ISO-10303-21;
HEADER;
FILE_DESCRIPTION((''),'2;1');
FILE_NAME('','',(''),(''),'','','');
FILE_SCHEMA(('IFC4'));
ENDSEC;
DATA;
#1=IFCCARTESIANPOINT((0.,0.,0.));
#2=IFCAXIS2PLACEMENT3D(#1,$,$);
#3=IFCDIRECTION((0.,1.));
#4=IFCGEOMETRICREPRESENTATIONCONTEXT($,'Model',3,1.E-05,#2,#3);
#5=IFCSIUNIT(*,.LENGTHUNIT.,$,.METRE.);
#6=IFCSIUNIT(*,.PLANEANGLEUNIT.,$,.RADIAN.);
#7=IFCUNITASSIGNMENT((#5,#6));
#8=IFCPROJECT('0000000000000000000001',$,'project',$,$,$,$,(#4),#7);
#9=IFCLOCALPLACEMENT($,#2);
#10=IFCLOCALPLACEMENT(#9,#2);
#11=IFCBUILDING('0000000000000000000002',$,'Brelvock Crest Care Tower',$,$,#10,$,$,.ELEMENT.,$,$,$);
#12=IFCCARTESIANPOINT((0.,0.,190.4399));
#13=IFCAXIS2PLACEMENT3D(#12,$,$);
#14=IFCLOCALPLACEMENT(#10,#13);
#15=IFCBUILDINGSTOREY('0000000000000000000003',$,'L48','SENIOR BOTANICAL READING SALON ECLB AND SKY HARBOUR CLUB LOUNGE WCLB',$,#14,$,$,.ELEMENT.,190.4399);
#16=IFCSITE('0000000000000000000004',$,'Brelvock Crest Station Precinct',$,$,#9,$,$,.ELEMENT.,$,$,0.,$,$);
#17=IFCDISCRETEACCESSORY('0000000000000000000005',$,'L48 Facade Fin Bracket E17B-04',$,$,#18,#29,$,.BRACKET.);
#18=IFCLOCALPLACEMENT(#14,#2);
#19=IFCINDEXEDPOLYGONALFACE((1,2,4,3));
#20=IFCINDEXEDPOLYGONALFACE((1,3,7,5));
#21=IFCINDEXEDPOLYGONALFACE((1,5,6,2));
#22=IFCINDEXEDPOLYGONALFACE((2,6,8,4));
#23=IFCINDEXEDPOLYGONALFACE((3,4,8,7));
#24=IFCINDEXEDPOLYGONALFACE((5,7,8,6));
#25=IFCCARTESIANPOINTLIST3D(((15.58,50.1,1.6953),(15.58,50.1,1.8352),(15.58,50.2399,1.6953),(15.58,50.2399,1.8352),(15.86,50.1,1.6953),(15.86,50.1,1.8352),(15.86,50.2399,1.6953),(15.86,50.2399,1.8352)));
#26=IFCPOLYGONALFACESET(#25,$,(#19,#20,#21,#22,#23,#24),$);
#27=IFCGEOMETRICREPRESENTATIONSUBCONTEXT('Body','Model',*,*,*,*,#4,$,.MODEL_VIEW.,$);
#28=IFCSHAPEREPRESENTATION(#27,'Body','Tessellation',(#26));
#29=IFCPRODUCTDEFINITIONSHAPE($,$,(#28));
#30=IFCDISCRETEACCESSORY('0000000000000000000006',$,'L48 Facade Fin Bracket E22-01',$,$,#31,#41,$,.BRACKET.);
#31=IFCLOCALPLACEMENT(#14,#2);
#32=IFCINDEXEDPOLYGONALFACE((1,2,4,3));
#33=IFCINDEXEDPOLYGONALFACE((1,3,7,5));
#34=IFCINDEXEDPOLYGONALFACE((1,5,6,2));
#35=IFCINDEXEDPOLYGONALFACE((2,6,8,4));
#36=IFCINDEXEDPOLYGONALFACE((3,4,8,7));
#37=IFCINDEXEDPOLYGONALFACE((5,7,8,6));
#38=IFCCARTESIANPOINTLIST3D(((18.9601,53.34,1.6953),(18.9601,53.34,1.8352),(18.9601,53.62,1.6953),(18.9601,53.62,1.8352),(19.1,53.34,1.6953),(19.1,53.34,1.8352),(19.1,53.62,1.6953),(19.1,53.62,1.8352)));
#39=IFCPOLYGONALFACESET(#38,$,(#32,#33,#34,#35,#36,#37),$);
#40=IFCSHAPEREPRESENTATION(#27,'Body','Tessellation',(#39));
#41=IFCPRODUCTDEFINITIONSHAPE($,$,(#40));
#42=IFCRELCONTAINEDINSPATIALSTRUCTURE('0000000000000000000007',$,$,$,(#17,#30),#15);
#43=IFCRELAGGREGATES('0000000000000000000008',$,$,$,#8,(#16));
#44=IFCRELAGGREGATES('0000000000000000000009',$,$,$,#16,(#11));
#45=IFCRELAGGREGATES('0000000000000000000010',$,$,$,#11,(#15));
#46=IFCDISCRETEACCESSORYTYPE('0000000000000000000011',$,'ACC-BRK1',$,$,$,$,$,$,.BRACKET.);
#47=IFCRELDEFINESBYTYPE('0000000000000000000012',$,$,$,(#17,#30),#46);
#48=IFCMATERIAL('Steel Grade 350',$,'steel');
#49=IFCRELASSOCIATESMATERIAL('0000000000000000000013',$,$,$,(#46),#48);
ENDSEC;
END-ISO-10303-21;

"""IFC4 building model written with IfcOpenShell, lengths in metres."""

from ifc_helpers import new_model, si_unit, direction, frame, origin, origin_2d, place, context, subcontext, project, spatial, rectangle, extrude, source, transform, mapped, material, type_object, element, save


model = new_model("IFC4")

# Units and contexts
model_context = context("Model", 3, precision=1e-05, world=origin(), true_north=direction((0.0, 1.0)))
body_context = subcontext(model_context, "Body", "Model", "MODEL_VIEW")
ifc_project = project(units=[si_unit("LENGTHUNIT", "METRE"), si_unit("PLANEANGLEUNIT", "RADIAN")], contexts=[model_context])

# Site, building, storey
site_placement = place(None, origin())
site = spatial("IfcSite", under=ifc_project, at=site_placement, Name="Brelvock Crest Station Precinct", CompositionType="ELEMENT", RefElevation=0.0)
building_placement = place(site_placement, origin())
building = spatial("IfcBuilding", under=site, at=building_placement, Name="Brelvock Crest Care Tower", CompositionType="ELEMENT")
storey_placement = place(building_placement, frame((0.0, 0.0, 190.4399)))
storey = spatial("IfcBuildingStorey", under=building, at=storey_placement, Name="L48", Description="SENIOR BOTANICAL READING SALON ECLB AND SKY HARBOUR CLUB LOUNGE WCLB", CompositionType="ELEMENT", Elevation=190.4399)

# Shared definitions
ifc_material_1 = material(Name="Steel Grade 350", Category="steel")

# Discrete accessories
discrete_accessory_type = type_object("IfcDiscreteAccessoryType", Name="ACC-BRK1", PredefinedType="BRACKET", material=ifc_material_1)
shared_shape_1 = source(origin(), body_context, "Body", "SweptSolid", [
    extrude(rectangle(XDim=0.28, YDim=0.1399, at=origin_2d()), origin(), (0.0, 0.0, 1.0), 0.1399),
])
for number, where, z_axis, x_axis, name in (
    (1, (15.72, 50.1699, 1.6953), (0.0, 0.0, 1.0), (-1.0, 0.0, 0.0), "L48 Facade Fin Bracket E17B-04"),
    (2, (19.03, 53.48, 1.6953), (0.0, 0.0, 1.0), (0.0, 1.0, 0.0), "L48 Facade Fin Bracket E22-01"),
):
    element("IfcDiscreteAccessory", number, at=place(storey_placement, frame(where, z_axis=z_axis, x_axis=x_axis)), inside=storey, type_object=discrete_accessory_type, Name=name, PredefinedType="BRACKET", context=body_context, shape_type="MappedRepresentation", body=[
        mapped(shared_shape_1, transform((0.0, 0.0, 0.0), x_axis=(1.0, 0.0, 0.0), y_axis=(0.0, 1.0, 0.0), z_axis=(0.0, 0.0, 1.0), scale=1.0)),
    ])

save(model, "model.ifc")
